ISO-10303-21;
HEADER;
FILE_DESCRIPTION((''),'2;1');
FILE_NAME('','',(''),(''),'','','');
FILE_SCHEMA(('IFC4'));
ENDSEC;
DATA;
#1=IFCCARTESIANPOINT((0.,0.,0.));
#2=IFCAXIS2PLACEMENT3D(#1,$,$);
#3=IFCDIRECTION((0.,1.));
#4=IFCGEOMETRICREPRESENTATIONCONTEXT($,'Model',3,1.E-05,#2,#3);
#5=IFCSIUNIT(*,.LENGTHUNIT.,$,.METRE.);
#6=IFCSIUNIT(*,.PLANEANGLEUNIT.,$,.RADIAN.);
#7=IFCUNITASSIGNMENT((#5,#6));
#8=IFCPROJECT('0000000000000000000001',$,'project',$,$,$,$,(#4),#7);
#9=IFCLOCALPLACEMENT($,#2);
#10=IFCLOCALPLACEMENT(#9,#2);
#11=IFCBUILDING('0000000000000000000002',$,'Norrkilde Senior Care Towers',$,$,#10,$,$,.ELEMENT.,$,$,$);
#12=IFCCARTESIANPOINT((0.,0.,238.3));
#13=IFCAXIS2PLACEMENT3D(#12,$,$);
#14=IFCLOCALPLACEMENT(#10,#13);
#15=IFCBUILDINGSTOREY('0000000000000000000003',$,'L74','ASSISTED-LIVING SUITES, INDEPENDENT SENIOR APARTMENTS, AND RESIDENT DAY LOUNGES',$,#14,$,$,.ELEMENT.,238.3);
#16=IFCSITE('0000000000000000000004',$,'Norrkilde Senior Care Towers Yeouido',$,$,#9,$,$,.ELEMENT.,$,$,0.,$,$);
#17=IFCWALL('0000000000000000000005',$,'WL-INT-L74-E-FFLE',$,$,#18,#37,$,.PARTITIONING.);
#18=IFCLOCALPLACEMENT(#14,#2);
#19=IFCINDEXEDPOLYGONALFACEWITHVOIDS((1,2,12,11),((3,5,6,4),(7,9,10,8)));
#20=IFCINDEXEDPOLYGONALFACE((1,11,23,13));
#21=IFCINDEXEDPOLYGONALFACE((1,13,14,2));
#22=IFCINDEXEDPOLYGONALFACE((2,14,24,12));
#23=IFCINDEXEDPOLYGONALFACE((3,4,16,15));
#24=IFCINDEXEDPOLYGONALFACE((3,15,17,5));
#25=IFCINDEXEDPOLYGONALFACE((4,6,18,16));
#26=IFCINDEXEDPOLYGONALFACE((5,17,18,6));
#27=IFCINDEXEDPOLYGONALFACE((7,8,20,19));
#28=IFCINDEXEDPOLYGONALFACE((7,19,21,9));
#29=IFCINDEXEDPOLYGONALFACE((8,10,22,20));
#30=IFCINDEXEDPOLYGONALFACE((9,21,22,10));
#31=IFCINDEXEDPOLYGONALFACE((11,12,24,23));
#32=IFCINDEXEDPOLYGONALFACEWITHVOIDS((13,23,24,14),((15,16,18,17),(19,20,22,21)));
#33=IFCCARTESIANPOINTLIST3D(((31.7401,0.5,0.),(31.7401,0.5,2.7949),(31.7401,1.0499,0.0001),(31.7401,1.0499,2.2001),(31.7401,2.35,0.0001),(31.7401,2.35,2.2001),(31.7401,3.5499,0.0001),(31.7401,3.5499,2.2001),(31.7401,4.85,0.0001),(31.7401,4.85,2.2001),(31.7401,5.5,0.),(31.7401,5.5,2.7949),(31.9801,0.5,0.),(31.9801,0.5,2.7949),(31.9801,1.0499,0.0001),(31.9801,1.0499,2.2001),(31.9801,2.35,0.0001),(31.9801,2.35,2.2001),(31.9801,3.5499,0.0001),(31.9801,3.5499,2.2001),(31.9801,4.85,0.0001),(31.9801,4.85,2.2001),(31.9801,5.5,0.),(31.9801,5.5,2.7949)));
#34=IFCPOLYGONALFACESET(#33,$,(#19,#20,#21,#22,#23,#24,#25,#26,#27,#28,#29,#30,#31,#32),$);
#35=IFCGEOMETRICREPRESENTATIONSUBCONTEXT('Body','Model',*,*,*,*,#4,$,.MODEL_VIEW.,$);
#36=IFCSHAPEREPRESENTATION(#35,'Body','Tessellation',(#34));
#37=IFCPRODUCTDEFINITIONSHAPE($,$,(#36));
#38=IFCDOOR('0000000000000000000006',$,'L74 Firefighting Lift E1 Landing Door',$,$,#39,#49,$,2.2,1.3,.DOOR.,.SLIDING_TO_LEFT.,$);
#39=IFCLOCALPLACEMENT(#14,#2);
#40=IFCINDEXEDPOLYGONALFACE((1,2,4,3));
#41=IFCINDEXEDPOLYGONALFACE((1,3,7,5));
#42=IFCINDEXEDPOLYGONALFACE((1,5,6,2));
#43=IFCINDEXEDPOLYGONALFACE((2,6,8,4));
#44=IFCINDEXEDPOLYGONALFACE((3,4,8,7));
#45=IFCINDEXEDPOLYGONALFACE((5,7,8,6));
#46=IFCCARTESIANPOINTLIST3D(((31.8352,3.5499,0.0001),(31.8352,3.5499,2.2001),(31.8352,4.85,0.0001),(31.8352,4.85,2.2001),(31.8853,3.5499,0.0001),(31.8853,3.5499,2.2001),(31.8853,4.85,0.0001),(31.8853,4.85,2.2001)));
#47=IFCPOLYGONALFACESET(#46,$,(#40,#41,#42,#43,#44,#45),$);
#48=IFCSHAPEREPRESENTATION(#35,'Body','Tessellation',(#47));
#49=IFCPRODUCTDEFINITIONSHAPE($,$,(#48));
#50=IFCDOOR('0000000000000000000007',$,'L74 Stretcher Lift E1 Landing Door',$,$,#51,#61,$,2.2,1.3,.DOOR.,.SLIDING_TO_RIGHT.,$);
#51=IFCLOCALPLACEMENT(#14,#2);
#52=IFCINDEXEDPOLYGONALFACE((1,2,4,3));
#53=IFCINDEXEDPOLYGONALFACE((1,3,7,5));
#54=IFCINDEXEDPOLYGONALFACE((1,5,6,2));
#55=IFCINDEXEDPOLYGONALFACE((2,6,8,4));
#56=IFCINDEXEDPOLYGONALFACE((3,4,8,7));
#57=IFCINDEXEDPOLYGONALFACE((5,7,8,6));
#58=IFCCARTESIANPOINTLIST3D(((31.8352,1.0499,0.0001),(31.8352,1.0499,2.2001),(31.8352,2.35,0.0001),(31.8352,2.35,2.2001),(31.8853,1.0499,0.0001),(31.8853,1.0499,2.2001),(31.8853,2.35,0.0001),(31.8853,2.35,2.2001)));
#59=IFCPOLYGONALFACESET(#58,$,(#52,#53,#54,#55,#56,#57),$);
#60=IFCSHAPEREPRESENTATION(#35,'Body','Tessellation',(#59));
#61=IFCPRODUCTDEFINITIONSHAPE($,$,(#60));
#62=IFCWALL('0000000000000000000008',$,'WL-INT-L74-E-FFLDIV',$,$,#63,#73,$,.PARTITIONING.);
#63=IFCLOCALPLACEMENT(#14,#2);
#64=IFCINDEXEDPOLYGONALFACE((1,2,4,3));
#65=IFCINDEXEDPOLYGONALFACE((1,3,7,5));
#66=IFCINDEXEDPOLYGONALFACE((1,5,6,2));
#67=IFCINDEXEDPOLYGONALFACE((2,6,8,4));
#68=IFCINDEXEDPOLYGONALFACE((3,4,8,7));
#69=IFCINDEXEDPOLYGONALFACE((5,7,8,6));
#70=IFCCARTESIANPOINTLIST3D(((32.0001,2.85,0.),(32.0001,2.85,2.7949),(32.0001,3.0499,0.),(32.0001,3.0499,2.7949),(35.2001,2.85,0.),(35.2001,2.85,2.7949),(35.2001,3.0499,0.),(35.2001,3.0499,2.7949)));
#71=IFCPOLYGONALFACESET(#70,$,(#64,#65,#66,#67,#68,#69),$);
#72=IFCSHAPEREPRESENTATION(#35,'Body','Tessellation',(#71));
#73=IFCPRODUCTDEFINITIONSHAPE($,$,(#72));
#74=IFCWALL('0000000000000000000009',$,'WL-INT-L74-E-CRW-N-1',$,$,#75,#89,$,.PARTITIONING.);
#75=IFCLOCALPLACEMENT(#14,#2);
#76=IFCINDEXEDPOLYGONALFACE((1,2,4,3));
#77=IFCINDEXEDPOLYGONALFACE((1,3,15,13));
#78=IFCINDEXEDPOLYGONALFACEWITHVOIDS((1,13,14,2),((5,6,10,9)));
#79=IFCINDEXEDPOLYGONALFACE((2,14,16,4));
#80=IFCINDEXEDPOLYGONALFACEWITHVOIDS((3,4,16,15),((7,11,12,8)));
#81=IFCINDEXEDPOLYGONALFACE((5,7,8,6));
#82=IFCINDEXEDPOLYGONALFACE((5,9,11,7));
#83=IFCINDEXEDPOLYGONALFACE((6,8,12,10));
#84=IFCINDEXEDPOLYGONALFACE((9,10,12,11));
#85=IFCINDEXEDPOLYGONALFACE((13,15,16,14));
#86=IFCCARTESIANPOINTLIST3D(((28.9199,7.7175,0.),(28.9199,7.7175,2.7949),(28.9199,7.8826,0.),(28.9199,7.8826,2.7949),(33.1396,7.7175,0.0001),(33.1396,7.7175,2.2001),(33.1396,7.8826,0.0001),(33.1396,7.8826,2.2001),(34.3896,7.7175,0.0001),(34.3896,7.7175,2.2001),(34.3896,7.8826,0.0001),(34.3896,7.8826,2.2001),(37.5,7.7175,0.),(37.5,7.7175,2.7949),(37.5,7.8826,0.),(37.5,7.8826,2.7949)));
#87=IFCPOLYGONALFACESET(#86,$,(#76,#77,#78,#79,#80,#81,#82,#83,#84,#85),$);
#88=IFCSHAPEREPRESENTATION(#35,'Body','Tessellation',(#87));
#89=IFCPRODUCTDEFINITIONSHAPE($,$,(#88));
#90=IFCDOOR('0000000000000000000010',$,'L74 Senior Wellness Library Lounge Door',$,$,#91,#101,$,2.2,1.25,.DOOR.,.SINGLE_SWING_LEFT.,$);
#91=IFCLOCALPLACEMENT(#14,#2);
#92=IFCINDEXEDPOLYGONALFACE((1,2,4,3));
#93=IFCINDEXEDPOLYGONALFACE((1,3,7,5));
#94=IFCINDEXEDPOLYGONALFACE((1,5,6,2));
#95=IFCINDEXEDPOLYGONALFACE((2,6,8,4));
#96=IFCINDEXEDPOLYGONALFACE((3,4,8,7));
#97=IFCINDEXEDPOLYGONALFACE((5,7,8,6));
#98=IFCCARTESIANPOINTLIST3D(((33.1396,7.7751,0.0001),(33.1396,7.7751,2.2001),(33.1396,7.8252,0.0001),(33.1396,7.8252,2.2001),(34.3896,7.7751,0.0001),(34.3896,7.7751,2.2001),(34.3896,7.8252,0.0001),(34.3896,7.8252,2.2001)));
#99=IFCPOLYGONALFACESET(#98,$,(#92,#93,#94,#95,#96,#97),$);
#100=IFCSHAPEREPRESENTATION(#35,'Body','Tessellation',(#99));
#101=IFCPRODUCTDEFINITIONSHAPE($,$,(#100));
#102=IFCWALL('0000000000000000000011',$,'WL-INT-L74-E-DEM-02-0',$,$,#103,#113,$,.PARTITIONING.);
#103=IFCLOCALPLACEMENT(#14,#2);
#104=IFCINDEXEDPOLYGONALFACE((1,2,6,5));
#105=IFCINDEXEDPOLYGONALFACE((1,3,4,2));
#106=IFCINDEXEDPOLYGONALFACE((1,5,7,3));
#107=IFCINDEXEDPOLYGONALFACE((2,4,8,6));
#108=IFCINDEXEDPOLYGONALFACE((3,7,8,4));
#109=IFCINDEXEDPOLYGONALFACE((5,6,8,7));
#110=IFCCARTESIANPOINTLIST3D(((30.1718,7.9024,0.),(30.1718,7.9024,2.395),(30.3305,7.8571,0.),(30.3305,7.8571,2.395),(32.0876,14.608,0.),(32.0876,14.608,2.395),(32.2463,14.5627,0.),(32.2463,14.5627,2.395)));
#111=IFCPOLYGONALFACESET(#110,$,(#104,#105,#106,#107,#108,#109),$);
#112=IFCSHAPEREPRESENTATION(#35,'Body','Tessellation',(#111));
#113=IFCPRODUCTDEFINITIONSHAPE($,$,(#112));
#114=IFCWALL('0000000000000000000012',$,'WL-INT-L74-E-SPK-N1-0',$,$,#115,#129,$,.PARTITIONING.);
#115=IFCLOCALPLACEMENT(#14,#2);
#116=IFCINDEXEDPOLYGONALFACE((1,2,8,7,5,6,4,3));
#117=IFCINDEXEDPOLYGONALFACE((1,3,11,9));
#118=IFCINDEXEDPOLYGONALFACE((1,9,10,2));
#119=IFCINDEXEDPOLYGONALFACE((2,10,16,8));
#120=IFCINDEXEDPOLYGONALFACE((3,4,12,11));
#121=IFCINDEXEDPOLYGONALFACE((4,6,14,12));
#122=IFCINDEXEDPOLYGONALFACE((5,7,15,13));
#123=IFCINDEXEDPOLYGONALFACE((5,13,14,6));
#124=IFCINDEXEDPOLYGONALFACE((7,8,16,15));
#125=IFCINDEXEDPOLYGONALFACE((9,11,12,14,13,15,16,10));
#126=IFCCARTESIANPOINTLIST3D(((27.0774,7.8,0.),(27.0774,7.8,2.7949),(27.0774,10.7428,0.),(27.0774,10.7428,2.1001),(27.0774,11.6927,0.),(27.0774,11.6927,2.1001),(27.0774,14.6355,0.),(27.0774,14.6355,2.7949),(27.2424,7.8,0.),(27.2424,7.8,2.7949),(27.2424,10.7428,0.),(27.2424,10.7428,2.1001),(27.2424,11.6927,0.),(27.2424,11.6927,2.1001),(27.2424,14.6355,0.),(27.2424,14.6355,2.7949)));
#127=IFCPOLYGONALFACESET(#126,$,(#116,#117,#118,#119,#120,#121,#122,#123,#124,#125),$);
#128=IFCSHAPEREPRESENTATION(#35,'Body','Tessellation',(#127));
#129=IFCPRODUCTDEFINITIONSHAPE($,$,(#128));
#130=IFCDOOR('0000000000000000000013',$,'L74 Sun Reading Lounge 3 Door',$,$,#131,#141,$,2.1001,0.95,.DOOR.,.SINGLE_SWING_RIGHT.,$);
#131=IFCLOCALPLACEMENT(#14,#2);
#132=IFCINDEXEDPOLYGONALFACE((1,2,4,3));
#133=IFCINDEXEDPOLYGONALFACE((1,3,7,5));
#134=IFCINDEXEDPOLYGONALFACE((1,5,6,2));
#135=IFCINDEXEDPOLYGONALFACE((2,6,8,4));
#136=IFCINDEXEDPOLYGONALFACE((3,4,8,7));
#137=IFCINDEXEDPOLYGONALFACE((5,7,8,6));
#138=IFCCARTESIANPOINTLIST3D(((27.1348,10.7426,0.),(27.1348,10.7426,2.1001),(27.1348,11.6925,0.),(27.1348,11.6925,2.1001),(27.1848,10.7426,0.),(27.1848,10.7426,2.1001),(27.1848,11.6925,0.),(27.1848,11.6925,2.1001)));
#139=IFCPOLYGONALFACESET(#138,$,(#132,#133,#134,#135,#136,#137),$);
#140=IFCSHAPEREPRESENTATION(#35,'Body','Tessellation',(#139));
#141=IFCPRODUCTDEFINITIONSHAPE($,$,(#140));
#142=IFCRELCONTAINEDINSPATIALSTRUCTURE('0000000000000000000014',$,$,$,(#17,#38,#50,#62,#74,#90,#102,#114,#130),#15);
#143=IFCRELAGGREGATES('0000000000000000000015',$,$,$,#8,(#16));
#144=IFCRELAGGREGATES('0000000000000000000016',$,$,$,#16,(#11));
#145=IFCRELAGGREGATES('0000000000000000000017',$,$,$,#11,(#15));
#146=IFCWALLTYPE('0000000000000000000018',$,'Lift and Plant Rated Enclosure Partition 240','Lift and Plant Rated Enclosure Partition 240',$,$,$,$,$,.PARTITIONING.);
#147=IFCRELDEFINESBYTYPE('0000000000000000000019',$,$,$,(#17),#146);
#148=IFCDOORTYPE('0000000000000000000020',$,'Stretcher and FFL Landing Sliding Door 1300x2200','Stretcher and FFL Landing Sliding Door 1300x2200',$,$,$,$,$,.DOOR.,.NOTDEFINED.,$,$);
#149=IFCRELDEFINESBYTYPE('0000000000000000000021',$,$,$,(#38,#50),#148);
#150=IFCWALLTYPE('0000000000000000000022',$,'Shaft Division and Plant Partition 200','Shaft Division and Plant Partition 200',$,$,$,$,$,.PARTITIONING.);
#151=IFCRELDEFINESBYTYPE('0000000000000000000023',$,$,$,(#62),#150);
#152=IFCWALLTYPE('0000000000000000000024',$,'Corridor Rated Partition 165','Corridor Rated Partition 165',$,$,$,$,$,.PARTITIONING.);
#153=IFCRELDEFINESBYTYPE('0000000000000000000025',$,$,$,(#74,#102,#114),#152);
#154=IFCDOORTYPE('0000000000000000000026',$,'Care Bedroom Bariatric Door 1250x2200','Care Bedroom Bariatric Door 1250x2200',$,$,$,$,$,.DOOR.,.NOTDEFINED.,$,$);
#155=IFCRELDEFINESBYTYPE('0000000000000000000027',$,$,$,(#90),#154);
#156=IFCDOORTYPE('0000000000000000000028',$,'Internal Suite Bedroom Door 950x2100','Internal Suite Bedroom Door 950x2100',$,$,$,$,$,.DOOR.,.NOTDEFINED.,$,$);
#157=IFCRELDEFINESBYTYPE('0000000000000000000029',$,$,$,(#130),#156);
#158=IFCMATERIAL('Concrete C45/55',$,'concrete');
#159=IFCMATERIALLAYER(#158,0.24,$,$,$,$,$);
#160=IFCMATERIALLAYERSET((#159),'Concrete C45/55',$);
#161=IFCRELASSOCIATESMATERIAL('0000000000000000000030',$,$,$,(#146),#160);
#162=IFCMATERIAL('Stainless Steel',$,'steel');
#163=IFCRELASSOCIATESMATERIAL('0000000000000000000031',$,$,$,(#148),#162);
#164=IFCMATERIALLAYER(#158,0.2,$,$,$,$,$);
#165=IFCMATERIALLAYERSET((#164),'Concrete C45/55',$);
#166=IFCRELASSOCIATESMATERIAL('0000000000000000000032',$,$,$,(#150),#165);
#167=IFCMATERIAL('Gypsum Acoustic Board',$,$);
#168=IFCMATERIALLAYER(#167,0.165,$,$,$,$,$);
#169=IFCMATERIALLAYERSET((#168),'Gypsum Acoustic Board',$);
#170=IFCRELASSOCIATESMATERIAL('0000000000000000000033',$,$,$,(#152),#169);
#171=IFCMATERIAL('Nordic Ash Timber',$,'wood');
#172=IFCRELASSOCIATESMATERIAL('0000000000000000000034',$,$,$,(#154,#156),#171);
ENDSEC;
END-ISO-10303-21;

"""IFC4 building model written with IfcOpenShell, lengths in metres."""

from ifc_helpers import new_model, si_unit, direction, frame, frame_2d, origin, place, context, subcontext, project, spatial, rectangle, extrude, source, transform, mapped, material, layer, layer_set, type_object, type_shapes, element, fill, save


model = new_model("IFC4")

# Units and contexts
model_context = context("Model", 3, precision=1e-05, world=origin(), true_north=direction((0.0, 1.0)))
body_context = subcontext(model_context, "Body", "Model", "MODEL_VIEW")
ifc_project = project(units=[si_unit("LENGTHUNIT", "METRE"), si_unit("PLANEANGLEUNIT", "RADIAN")], contexts=[model_context])

# Site, building, storey
site_placement = place(None, origin())
site = spatial("IfcSite", under=ifc_project, at=site_placement, Name="Norrkilde Senior Care Towers Yeouido", CompositionType="ELEMENT", RefElevation=0.0)
building_placement = place(site_placement, origin())
building = spatial("IfcBuilding", under=site, at=building_placement, Name="Norrkilde Senior Care Towers", CompositionType="ELEMENT")
storey_placement = place(building_placement, frame((0.0, 0.0, 238.3)))
storey = spatial("IfcBuildingStorey", under=building, at=storey_placement, Name="L74", Description="ASSISTED-LIVING SUITES, INDEPENDENT SENIOR APARTMENTS, AND RESIDENT DAY LOUNGES", CompositionType="ELEMENT", Elevation=238.3)

# Wall, openings, doors
ifc_material_1 = material(Name="Concrete C45/55", Category="concrete")
ifc_layer_1 = layer(ifc_material_1, 0.24)
ifc_layer_set_1 = layer_set([ifc_layer_1], Name="Concrete C45/55")
wall_type_1 = type_object("IfcWallType", Name="Lift and Plant Rated Enclosure Partition 240", Description="Lift and Plant Rated Enclosure Partition 240", PredefinedType="PARTITIONING", material=ifc_layer_set_1)
shared_shape_1 = source(origin(), body_context, "Body", "SweptSolid", [
    extrude(rectangle(XDim=5.0, YDim=0.24, at=frame_2d((2.5, 0.0))), origin(), (0.0, 0.0, 1.0), 2.7949),
])
type_shapes(wall_type_1, [shared_shape_1])
wall_1_placement = place(storey_placement, frame((31.8601, 0.5, 0.0), z_axis=(0.0, 0.0, 1.0), x_axis=(0.0, 1.0, 0.0)))
wall_1 = element("IfcWall", 1, at=wall_1_placement, inside=storey, type_object=wall_type_1, Name="WL-INT-L74-E-FFLE", PredefinedType="PARTITIONING", context=body_context, shape_type="MappedRepresentation", body=[
    mapped(shared_shape_1, transform((0.0, 0.0, 0.0), x_axis=(1.0, 0.0, 0.0), y_axis=(0.0, 1.0, 0.0), z_axis=(0.0, 0.0, 1.0), scale=1.0)),
])
opening_1_placement = place(wall_1_placement, frame((3.05, 0.0, 0.0)))
opening_1 = element("IfcOpeningElement", 2, at=opening_1_placement, cuts=wall_1, PredefinedType="OPENING", context=body_context, shape_type="SweptSolid", body=[
    extrude(rectangle(XDim=1.3, YDim=2.2, at=frame_2d((0.6499, 1.1001))), frame((0.0, 0.1299, 0.0), z_axis=(0.0, -1.0, 0.0), x_axis=(1.0, 0.0, 0.0)), (0.0, 0.0, 1.0), 0.26),
])
opening_2_placement = place(wall_1_placement, frame((0.55, 0.0, 0.0)))
opening_2 = element("IfcOpeningElement", 3, at=opening_2_placement, cuts=wall_1, PredefinedType="OPENING", context=body_context, shape_type="SweptSolid", body=[
    extrude(rectangle(XDim=1.3, YDim=2.2, at=frame_2d((0.6499, 1.1001))), frame((0.0, 0.1299, 0.0), z_axis=(0.0, -1.0, 0.0), x_axis=(1.0, 0.0, 0.0)), (0.0, 0.0, 1.0), 0.26),
])
ifc_material_2 = material(Name="Stainless Steel", Category="steel")
door_type_1 = type_object("IfcDoorType", Name="Stretcher and FFL Landing Sliding Door 1300x2200", Description="Stretcher and FFL Landing Sliding Door 1300x2200", OperationType="NOTDEFINED", PredefinedType="DOOR", material=ifc_material_2)
shared_shape_2 = source(origin(), body_context, "Body", "SweptSolid", [
    extrude(rectangle(XDim=1.3, YDim=2.2, at=frame_2d((0.6499, 1.1001))), frame((0.0, 0.0249, 0.0), z_axis=(0.0, -1.0, 0.0), x_axis=(1.0, 0.0, 0.0)), (0.0, 0.0, 1.0), 0.05),
])
type_shapes(door_type_1, [shared_shape_2])
door_1_placement = place(opening_1_placement, origin())
door_1 = element("IfcDoor", 4, at=door_1_placement, inside=storey, type_object=door_type_1, Name="L74 Firefighting Lift E1 Landing Door", OperationType="SLIDING_TO_LEFT", OverallHeight=2.2, OverallWidth=1.3, PredefinedType="DOOR", context=body_context, shape_type="MappedRepresentation", body=[
    mapped(shared_shape_2, transform((0.0, 0.0, 0.0), x_axis=(1.0, 0.0, 0.0), y_axis=(0.0, 1.0, 0.0), z_axis=(0.0, 0.0, 1.0), scale=1.0)),
])
fill(opening_1, door_1)
door_2_placement = place(opening_2_placement, origin())
door_2 = element("IfcDoor", 5, at=door_2_placement, inside=storey, type_object=door_type_1, Name="L74 Stretcher Lift E1 Landing Door", OperationType="SLIDING_TO_RIGHT", OverallHeight=2.2, OverallWidth=1.3, PredefinedType="DOOR", context=body_context, shape_type="MappedRepresentation", body=[
    mapped(shared_shape_2, transform((0.0, 0.0, 0.0), x_axis=(1.0, 0.0, 0.0), y_axis=(0.0, 1.0, 0.0), z_axis=(0.0, 0.0, 1.0), scale=1.0)),
])
fill(opening_2, door_2)

# Wall
ifc_layer_2 = layer(ifc_material_1, 0.2)
ifc_layer_set_2 = layer_set([ifc_layer_2], Name="Concrete C45/55")
wall_type_2 = type_object("IfcWallType", Name="Shaft Division and Plant Partition 200", Description="Shaft Division and Plant Partition 200", PredefinedType="PARTITIONING", material=ifc_layer_set_2)
shared_shape_3 = source(origin(), body_context, "Body", "SweptSolid", [
    extrude(rectangle(XDim=3.2, YDim=0.2, at=frame_2d((1.6001, 0.0))), origin(), (0.0, 0.0, 1.0), 2.7949),
])
type_shapes(wall_type_2, [shared_shape_3])
wall_2_placement = place(storey_placement, frame((32.0, 2.95, 0.0), z_axis=(0.0, 0.0, 1.0), x_axis=(1.0, 0.0, 0.0)))
element("IfcWall", 6, at=wall_2_placement, inside=storey, type_object=wall_type_2, Name="WL-INT-L74-E-FFLDIV", PredefinedType="PARTITIONING", context=body_context, shape_type="MappedRepresentation", body=[
    mapped(shared_shape_3, transform((0.0, 0.0, 0.0), x_axis=(1.0, 0.0, 0.0), y_axis=(0.0, 1.0, 0.0), z_axis=(0.0, 0.0, 1.0), scale=1.0)),
])

# Wall, opening, door
ifc_material_3 = material(Name="Gypsum Acoustic Board")
ifc_layer_3 = layer(ifc_material_3, 0.165)
ifc_layer_set_3 = layer_set([ifc_layer_3], Name="Gypsum Acoustic Board")
wall_type_3 = type_object("IfcWallType", Name="Corridor Rated Partition 165", Description="Corridor Rated Partition 165", PredefinedType="PARTITIONING", material=ifc_layer_set_3)
shared_shape_4 = source(origin(), body_context, "Body", "SweptSolid", [
    extrude(rectangle(XDim=8.5801, YDim=0.165, at=frame_2d((4.29, 0.0))), origin(), (0.0, 0.0, 1.0), 2.7949),
])
wall_3_placement = place(storey_placement, frame((28.9199, 7.8, 0.0), z_axis=(0.0, 0.0, 1.0), x_axis=(1.0, 0.0, 0.0)))
wall_3 = element("IfcWall", 7, at=wall_3_placement, inside=storey, type_object=wall_type_3, Name="WL-INT-L74-E-CRW-N-1", PredefinedType="PARTITIONING", context=body_context, shape_type="MappedRepresentation", body=[
    mapped(shared_shape_4, transform((0.0, 0.0, 0.0), x_axis=(1.0, 0.0, 0.0), y_axis=(0.0, 1.0, 0.0), z_axis=(0.0, 0.0, 1.0), scale=1.0)),
])
opening_3_placement = place(wall_3_placement, frame((4.2197, 0.0, 0.0)))
opening_3 = element("IfcOpeningElement", 8, at=opening_3_placement, cuts=wall_3, PredefinedType="OPENING", context=body_context, shape_type="SweptSolid", body=[
    extrude(rectangle(XDim=1.25, YDim=2.2, at=frame_2d((0.625, 1.1001))), frame((0.0, 0.0925, 0.0), z_axis=(0.0, -1.0, 0.0), x_axis=(1.0, 0.0, 0.0)), (0.0, 0.0, 1.0), 0.1851),
])
ifc_material_4 = material(Name="Nordic Ash Timber", Category="wood")
door_type_2 = type_object("IfcDoorType", Name="Care Bedroom Bariatric Door 1250x2200", Description="Care Bedroom Bariatric Door 1250x2200", OperationType="NOTDEFINED", PredefinedType="DOOR", material=ifc_material_4)
shared_shape_5 = source(origin(), body_context, "Body", "SweptSolid", [
    extrude(rectangle(XDim=1.25, YDim=2.2, at=frame_2d((0.625, 1.1001))), frame((0.0, 0.0249, 0.0), z_axis=(0.0, -1.0, 0.0), x_axis=(1.0, 0.0, 0.0)), (0.0, 0.0, 1.0), 0.05),
])
type_shapes(door_type_2, [shared_shape_5])
door_3_placement = place(opening_3_placement, frame((1.25, 0.0, 0.0), z_axis=(0.0, 0.0, 1.0), x_axis=(-1.0, 0.0, 0.0)))
door_3 = element("IfcDoor", 9, at=door_3_placement, inside=storey, type_object=door_type_2, Name="L74 Senior Wellness Library Lounge Door", OperationType="SINGLE_SWING_LEFT", OverallHeight=2.2, OverallWidth=1.25, PredefinedType="DOOR", context=body_context, shape_type="MappedRepresentation", body=[
    mapped(shared_shape_5, transform((0.0, 0.0, 0.0), x_axis=(1.0, 0.0, 0.0), y_axis=(0.0, 1.0, 0.0), z_axis=(0.0, 0.0, 1.0), scale=1.0)),
])
fill(opening_3, door_3)

# Wall
shared_shape_6 = source(origin(), body_context, "Body", "SweptSolid", [
    extrude(rectangle(XDim=6.9739, YDim=0.165, at=frame_2d((3.4868, 0.0))), origin(), (0.0, 0.0, 1.0), 2.395),
])
wall_4_placement = place(storey_placement, frame((30.2512, 7.8799, 0.0), z_axis=(0.0, 0.0, 1.0), x_axis=(0.274707, 0.961528, 0.0)))
element("IfcWall", 10, at=wall_4_placement, inside=storey, type_object=wall_type_3, Name="WL-INT-L74-E-DEM-02-0", PredefinedType="PARTITIONING", context=body_context, shape_type="MappedRepresentation", body=[
    mapped(shared_shape_6, transform((0.0, 0.0, 0.0), x_axis=(1.0, 0.0, 0.0), y_axis=(0.0, 1.0, 0.0), z_axis=(0.0, 0.0, 1.0), scale=1.0)),
])

# Wall, opening, door
shared_shape_7 = source(origin(), body_context, "Body", "SweptSolid", [
    extrude(rectangle(XDim=6.8354, YDim=0.165, at=frame_2d((3.4177, 0.0))), origin(), (0.0, 0.0, 1.0), 2.7949),
])
type_shapes(wall_type_3, [shared_shape_4, shared_shape_6, shared_shape_7])
wall_5_placement = place(storey_placement, frame((27.1599, 7.8, 0.0), z_axis=(0.0, 0.0, 1.0), x_axis=(0.0, 1.0, 0.0)))
wall_5 = element("IfcWall", 11, at=wall_5_placement, inside=storey, type_object=wall_type_3, Name="WL-INT-L74-E-SPK-N1-0", PredefinedType="PARTITIONING", context=body_context, shape_type="MappedRepresentation", body=[
    mapped(shared_shape_7, transform((0.0, 0.0, 0.0), x_axis=(1.0, 0.0, 0.0), y_axis=(0.0, 1.0, 0.0), z_axis=(0.0, 0.0, 1.0), scale=1.0)),
])
opening_4_placement = place(wall_5_placement, frame((2.9426, 0.0, 0.0)))
opening_4 = element("IfcOpeningElement", 12, at=opening_4_placement, cuts=wall_5, PredefinedType="OPENING", context=body_context, shape_type="SweptSolid", body=[
    extrude(rectangle(XDim=0.95, YDim=2.1001, at=frame_2d((0.4751, 1.05))), frame((0.0, 0.0925, 0.0), z_axis=(0.0, -1.0, 0.0), x_axis=(1.0, 0.0, 0.0)), (0.0, 0.0, 1.0), 0.1851),
])
door_type_3 = type_object("IfcDoorType", Name="Internal Suite Bedroom Door 950x2100", Description="Internal Suite Bedroom Door 950x2100", OperationType="NOTDEFINED", PredefinedType="DOOR", material=ifc_material_4)
shared_shape_8 = source(origin(), body_context, "Body", "SweptSolid", [
    extrude(rectangle(XDim=0.95, YDim=2.1001, at=frame_2d((0.4751, 1.05))), frame((0.0, 0.0249, 0.0), z_axis=(0.0, -1.0, 0.0), x_axis=(1.0, 0.0, 0.0)), (0.0, 0.0, 1.0), 0.05),
])
type_shapes(door_type_3, [shared_shape_8])
door_4_placement = place(opening_4_placement, frame((0.95, 0.0, 0.0), z_axis=(0.0, 0.0, 1.0), x_axis=(-1.0, 0.0, 0.0)))
door_4 = element("IfcDoor", 13, at=door_4_placement, inside=storey, type_object=door_type_3, Name="L74 Sun Reading Lounge 3 Door", OperationType="SINGLE_SWING_RIGHT", OverallHeight=2.1001, OverallWidth=0.95, PredefinedType="DOOR", context=body_context, shape_type="MappedRepresentation", body=[
    mapped(shared_shape_8, transform((0.0, 0.0, 0.0), x_axis=(1.0, 0.0, 0.0), y_axis=(0.0, 1.0, 0.0), z_axis=(0.0, 0.0, 1.0), scale=1.0)),
])
fill(opening_4, door_4)

save(model, "model.ifc")
